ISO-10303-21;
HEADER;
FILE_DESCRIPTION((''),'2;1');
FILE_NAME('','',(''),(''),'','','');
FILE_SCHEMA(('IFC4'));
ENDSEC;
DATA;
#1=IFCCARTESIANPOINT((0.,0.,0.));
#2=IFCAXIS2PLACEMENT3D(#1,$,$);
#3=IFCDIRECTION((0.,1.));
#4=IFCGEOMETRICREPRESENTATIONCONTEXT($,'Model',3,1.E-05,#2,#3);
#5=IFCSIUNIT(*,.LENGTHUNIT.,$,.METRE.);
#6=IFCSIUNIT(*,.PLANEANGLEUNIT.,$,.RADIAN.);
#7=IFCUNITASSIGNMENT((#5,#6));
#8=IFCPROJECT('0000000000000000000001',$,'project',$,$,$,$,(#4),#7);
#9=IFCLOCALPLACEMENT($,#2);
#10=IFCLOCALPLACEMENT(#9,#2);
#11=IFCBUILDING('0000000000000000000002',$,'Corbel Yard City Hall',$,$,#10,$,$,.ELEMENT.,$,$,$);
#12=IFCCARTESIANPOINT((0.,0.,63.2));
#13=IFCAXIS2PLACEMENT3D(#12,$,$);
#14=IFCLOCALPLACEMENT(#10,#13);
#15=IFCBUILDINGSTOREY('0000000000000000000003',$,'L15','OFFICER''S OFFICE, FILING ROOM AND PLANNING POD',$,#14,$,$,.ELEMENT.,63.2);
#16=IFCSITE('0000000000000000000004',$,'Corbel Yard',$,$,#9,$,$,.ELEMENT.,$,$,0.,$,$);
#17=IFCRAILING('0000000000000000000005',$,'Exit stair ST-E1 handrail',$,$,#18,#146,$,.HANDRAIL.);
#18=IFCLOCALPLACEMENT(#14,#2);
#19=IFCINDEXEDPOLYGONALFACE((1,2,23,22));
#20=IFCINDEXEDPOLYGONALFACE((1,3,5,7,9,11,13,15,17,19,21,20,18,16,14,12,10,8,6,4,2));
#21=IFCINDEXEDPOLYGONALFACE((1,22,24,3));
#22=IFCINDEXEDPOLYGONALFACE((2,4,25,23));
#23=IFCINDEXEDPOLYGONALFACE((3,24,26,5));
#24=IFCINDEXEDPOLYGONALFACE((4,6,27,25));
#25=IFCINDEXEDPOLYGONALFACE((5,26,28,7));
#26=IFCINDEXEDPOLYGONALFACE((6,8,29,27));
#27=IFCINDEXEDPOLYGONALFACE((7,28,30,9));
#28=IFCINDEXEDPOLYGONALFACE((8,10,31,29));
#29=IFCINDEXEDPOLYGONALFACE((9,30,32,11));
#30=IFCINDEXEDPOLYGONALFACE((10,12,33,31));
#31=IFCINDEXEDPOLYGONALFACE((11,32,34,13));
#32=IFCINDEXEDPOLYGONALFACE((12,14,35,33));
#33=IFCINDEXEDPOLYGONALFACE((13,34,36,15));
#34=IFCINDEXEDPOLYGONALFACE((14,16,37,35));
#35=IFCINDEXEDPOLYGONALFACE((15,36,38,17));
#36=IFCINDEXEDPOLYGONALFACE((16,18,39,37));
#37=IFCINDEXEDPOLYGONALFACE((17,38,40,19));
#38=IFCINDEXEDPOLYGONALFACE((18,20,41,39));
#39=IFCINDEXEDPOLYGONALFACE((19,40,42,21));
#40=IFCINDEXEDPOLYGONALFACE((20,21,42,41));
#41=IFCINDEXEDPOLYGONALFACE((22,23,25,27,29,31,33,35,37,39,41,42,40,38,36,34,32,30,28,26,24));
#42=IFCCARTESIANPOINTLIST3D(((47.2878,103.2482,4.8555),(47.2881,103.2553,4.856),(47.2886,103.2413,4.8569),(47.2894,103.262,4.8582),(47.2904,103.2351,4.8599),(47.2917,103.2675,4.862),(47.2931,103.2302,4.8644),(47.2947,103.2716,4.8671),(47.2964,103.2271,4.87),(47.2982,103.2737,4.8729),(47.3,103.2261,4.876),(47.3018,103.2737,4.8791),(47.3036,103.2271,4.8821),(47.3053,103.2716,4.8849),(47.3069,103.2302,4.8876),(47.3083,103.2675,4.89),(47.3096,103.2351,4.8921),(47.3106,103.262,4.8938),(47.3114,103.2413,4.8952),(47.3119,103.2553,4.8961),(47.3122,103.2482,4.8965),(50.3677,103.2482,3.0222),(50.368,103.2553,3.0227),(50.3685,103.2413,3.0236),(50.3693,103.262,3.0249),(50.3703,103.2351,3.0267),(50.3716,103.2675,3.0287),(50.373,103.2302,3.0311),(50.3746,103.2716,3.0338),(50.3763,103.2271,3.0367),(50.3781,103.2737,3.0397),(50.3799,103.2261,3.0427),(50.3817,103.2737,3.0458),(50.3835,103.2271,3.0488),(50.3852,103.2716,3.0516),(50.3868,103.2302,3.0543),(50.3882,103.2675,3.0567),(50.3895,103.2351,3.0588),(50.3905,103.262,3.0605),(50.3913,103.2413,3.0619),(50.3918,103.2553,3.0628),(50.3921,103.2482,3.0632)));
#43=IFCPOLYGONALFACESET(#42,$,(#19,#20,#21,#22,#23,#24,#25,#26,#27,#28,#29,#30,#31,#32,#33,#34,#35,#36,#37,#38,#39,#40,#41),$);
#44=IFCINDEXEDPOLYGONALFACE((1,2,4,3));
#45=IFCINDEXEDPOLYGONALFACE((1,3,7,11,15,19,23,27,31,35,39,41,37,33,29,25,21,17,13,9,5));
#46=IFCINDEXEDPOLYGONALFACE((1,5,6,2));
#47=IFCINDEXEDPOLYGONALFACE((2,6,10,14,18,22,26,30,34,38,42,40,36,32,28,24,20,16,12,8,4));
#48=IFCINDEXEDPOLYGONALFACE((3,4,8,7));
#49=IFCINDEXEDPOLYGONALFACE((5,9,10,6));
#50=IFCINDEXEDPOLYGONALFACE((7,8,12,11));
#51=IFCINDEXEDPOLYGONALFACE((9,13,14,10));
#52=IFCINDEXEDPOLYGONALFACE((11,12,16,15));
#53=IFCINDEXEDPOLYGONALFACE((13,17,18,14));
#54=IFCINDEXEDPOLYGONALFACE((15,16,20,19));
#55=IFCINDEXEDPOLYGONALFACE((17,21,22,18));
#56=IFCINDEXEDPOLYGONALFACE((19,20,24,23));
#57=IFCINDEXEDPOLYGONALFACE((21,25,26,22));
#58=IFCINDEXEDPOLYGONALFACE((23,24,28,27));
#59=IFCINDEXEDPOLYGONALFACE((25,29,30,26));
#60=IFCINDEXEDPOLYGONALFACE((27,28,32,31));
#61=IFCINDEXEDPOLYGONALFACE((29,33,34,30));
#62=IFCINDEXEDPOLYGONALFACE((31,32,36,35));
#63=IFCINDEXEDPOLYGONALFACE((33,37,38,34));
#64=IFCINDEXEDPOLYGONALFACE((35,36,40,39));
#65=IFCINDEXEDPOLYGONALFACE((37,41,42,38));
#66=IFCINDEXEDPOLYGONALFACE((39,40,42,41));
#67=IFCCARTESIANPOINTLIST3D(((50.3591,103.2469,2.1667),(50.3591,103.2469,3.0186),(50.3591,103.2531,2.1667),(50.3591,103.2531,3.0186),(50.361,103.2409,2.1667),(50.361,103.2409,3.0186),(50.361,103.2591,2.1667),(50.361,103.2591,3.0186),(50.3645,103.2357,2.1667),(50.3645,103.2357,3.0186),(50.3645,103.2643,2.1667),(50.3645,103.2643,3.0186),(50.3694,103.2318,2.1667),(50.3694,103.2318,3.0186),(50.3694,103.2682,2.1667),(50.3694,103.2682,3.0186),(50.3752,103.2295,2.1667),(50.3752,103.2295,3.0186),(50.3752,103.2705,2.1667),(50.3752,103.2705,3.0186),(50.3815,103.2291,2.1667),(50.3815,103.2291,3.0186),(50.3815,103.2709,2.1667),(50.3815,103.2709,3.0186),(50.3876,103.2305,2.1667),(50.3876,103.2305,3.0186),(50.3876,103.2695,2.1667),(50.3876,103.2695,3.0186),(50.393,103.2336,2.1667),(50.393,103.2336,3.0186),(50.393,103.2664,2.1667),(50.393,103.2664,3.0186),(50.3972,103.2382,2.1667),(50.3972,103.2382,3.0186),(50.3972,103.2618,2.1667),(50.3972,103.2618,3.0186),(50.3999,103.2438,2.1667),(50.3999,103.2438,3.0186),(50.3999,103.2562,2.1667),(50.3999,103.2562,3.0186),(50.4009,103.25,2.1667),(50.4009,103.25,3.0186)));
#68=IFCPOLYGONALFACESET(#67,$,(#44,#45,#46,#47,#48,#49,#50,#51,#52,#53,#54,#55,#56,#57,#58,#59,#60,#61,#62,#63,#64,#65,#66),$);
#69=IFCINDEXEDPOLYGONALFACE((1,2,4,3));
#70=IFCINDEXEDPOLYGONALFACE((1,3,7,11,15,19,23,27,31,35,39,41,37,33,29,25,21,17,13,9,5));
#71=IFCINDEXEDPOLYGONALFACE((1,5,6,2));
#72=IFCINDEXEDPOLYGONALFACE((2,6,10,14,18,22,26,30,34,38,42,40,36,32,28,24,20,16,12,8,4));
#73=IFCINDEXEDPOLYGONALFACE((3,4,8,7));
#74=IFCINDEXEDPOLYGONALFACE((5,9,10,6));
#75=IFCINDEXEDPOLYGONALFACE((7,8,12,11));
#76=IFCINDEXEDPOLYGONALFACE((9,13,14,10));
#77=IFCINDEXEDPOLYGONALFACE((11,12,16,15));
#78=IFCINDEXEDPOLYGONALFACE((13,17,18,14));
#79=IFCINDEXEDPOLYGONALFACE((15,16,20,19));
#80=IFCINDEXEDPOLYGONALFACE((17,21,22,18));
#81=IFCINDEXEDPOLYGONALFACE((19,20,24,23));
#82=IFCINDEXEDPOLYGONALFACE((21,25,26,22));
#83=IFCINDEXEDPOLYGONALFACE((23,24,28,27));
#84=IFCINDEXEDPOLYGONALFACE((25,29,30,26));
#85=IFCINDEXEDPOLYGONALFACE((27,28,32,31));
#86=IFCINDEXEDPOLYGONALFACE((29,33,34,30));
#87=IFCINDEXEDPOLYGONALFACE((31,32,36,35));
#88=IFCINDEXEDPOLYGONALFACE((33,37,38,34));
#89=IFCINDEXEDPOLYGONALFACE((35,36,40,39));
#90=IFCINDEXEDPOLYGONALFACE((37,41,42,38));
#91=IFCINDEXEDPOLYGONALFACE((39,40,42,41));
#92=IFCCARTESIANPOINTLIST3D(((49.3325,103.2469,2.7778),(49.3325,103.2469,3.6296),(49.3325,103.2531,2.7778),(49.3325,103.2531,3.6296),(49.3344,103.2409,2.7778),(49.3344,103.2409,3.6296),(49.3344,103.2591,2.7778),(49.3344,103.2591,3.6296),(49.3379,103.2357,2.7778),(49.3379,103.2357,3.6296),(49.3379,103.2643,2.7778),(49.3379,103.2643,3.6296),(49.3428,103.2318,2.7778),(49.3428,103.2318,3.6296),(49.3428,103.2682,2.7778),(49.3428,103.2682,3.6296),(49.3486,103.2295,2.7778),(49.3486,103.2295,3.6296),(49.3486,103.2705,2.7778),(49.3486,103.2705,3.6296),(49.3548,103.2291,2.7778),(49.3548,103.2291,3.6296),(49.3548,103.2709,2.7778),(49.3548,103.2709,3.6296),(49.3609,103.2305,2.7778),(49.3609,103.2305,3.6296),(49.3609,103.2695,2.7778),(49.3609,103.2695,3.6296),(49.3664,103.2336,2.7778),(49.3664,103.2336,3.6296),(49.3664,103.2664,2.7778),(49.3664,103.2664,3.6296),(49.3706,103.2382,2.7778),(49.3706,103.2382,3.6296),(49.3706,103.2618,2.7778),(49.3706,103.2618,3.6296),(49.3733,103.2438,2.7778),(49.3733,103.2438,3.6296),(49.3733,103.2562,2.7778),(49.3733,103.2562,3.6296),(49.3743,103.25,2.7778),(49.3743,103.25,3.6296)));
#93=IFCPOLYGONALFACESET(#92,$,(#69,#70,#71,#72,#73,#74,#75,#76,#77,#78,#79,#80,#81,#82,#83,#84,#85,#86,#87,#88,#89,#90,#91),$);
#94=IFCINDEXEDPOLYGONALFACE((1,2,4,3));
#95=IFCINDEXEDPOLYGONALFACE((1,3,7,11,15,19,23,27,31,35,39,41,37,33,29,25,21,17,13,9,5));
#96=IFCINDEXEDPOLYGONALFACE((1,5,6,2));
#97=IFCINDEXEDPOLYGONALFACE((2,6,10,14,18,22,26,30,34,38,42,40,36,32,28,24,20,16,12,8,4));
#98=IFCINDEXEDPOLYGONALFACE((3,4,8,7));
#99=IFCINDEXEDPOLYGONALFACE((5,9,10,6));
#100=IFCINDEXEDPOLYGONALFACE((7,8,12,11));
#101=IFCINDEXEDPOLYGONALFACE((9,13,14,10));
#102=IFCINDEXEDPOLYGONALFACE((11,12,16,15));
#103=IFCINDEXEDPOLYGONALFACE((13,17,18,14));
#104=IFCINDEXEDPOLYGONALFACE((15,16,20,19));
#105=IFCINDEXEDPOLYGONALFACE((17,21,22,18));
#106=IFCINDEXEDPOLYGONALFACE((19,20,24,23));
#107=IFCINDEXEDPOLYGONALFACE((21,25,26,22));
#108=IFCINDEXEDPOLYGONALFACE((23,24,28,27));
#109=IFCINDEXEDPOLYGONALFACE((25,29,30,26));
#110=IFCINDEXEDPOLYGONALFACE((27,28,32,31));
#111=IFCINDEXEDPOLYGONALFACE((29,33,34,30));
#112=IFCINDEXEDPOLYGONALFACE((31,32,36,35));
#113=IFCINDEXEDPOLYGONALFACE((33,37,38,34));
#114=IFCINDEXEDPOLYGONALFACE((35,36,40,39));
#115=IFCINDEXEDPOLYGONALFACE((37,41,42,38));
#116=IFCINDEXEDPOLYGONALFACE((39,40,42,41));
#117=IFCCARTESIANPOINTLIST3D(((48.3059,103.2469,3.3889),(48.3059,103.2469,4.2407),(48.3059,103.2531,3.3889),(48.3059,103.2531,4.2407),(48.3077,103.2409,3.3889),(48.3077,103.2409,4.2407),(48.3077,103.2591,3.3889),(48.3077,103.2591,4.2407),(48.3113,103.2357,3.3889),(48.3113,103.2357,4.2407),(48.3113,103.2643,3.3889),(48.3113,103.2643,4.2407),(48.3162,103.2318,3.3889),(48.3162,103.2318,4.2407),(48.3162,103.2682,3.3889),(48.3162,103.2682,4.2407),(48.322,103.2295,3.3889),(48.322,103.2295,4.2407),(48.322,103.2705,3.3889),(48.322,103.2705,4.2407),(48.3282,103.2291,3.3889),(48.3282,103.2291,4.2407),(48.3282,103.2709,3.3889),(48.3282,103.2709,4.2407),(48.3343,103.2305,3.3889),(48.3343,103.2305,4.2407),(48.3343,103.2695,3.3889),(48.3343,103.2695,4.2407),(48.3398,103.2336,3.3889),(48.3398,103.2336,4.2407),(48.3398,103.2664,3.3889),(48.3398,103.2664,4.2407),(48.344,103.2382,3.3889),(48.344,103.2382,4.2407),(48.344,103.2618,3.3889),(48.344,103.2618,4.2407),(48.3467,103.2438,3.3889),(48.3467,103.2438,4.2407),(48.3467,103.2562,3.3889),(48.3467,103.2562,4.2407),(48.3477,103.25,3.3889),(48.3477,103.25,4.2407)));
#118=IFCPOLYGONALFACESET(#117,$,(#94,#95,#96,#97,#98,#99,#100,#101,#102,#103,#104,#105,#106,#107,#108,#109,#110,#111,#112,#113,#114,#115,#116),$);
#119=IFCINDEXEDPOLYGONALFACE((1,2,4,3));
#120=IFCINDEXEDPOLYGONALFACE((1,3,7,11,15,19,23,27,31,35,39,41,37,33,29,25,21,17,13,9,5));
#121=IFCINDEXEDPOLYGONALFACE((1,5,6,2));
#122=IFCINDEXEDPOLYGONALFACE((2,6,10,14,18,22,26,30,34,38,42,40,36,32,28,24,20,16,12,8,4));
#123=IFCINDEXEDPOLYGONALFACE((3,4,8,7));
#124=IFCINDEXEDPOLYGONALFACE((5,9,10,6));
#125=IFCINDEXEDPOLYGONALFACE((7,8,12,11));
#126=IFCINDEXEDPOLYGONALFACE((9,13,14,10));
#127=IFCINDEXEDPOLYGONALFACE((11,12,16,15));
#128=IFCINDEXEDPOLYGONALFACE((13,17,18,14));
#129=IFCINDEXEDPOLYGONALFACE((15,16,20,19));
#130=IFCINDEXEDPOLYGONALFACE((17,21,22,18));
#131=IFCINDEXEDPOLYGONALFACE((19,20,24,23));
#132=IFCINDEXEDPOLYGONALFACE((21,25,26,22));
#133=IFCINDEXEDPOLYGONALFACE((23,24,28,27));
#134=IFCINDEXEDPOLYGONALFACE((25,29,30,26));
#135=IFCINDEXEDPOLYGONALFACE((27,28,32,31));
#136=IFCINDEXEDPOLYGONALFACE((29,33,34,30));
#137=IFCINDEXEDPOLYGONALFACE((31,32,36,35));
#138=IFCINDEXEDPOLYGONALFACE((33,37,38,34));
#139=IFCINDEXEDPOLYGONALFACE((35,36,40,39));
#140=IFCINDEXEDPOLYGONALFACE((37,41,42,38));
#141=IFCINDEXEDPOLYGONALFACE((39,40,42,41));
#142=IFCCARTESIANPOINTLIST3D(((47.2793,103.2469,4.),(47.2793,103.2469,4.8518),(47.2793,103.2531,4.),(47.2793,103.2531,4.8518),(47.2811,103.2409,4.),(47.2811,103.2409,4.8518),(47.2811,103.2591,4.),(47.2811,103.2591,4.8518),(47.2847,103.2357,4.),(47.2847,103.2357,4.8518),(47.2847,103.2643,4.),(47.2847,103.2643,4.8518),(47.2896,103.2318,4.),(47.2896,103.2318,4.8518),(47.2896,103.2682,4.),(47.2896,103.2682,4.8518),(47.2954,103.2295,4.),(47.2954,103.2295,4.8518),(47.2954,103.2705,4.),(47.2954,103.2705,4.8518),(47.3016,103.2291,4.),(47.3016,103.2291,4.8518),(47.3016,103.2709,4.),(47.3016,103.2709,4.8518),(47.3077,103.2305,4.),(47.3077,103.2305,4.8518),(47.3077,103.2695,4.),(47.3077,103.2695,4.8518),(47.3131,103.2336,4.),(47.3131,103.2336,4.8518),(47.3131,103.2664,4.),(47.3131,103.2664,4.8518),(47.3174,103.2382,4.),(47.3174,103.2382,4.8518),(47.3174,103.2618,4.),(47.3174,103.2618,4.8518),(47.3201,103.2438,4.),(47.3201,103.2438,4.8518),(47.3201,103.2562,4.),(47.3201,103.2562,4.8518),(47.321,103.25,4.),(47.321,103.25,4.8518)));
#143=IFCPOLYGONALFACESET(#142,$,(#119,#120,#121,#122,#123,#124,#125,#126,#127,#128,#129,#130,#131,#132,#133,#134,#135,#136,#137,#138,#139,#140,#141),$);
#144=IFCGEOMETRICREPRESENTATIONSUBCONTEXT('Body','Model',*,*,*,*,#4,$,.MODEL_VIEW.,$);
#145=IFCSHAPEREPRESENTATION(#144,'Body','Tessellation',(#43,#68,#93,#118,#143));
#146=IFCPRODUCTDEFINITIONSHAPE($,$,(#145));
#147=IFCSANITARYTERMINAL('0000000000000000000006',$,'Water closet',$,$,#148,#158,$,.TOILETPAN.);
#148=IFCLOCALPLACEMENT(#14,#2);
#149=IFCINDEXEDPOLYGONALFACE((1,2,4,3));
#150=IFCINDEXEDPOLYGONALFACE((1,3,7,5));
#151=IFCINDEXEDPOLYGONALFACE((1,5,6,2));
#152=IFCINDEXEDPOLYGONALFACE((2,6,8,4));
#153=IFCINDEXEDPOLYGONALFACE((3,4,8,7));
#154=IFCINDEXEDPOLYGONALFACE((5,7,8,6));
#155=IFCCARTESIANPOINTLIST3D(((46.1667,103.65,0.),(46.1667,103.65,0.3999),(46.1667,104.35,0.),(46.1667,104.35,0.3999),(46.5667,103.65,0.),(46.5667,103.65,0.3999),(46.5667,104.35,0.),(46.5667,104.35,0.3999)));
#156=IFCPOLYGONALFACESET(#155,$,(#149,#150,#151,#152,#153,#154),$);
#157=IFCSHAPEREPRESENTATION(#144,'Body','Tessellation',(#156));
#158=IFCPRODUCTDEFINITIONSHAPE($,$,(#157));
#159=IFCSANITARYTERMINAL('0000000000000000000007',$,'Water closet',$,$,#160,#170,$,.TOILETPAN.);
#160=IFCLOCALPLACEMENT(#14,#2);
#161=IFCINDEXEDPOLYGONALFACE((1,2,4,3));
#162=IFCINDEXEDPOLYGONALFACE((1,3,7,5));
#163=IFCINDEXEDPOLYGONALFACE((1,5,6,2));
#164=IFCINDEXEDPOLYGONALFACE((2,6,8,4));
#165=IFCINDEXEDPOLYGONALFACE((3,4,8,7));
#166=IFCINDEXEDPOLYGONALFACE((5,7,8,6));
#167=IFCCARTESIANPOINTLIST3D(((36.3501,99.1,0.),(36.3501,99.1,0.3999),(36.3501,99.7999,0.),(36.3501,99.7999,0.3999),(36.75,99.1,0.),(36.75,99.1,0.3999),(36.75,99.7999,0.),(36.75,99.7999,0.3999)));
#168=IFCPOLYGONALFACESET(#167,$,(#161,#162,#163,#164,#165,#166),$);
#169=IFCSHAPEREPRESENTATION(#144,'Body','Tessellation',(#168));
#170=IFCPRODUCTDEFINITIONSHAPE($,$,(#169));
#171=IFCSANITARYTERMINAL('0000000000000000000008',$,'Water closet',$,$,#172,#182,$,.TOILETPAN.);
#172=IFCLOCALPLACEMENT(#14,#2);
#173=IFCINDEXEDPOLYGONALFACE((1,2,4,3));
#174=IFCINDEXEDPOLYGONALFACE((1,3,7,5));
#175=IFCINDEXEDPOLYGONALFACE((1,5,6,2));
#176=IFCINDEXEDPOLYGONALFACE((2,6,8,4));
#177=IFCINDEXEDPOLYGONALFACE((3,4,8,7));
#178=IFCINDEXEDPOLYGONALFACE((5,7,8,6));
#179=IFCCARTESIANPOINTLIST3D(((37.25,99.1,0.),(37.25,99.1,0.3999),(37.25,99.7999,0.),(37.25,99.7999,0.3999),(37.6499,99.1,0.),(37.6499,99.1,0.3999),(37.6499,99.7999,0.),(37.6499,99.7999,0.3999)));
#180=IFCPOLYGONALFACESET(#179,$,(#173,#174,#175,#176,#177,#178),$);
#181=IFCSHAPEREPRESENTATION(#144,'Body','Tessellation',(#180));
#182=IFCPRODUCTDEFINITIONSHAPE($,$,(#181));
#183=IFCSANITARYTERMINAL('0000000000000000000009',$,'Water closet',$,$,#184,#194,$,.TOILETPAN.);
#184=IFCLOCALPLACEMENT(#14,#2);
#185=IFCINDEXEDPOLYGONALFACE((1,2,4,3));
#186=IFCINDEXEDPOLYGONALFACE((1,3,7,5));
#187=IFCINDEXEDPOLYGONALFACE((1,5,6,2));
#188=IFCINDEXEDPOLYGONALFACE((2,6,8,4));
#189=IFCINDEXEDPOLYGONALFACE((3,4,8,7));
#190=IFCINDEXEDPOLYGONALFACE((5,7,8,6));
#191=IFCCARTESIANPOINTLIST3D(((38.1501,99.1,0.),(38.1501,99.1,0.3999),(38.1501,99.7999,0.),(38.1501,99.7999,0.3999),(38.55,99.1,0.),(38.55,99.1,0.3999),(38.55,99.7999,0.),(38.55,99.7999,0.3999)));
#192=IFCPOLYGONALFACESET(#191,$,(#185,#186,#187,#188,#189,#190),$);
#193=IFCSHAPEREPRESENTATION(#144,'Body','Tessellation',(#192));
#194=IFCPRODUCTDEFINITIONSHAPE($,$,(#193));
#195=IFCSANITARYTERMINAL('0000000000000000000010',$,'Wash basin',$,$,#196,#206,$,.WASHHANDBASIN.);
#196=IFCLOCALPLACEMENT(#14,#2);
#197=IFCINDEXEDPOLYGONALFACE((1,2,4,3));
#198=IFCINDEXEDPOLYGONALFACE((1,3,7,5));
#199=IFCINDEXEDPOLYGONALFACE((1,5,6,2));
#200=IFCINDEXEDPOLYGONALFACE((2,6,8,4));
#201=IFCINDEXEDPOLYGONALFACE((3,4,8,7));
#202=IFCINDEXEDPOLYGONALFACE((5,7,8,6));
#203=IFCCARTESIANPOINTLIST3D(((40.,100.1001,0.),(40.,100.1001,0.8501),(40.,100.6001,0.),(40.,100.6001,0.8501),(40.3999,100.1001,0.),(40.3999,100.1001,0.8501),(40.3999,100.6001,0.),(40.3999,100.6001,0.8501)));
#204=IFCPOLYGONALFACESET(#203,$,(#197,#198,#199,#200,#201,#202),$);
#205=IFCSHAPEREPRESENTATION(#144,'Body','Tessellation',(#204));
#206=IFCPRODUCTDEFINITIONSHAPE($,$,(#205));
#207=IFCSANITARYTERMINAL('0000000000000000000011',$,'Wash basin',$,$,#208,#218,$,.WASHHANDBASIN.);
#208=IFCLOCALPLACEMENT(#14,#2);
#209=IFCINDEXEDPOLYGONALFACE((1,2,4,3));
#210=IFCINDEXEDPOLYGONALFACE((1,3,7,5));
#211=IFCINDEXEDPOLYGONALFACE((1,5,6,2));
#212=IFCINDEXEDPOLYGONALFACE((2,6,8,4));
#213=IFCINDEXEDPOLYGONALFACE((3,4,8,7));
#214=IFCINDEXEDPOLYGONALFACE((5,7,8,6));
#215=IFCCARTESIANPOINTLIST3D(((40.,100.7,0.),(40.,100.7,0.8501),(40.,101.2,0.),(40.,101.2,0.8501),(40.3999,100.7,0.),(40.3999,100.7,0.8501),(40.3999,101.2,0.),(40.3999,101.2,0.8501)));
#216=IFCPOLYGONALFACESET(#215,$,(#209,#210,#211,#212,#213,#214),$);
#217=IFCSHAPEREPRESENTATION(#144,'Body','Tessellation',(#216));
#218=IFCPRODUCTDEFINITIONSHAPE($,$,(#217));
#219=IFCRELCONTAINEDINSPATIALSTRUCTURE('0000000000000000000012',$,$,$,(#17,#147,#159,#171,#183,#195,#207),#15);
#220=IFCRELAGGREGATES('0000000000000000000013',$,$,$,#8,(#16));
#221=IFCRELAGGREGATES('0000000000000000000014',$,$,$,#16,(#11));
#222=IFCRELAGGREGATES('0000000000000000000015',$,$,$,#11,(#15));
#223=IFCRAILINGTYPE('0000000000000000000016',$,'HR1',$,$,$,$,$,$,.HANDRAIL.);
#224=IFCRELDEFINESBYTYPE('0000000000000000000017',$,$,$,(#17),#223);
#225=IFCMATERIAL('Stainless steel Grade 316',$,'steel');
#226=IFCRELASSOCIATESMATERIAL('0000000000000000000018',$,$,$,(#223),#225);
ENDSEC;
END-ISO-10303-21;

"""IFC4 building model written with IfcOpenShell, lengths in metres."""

from ifc_helpers import new_model, si_unit, direction, frame, origin, origin_2d, place, context, subcontext, project, spatial, rectangle, circle, extrude, material, type_object, element, save


model = new_model("IFC4")

# Units and contexts
model_context = context("Model", 3, precision=1e-05, world=origin(), true_north=direction((0.0, 1.0)))
body_context = subcontext(model_context, "Body", "Model", "MODEL_VIEW")
ifc_project = project(units=[si_unit("LENGTHUNIT", "METRE"), si_unit("PLANEANGLEUNIT", "RADIAN")], contexts=[model_context])

# Site, building, storey
site_placement = place(None, origin())
site = spatial("IfcSite", under=ifc_project, at=site_placement, Name="Corbel Yard", CompositionType="ELEMENT", RefElevation=0.0)
building_placement = place(site_placement, origin())
building = spatial("IfcBuilding", under=site, at=building_placement, Name="Corbel Yard City Hall", CompositionType="ELEMENT")
storey_placement = place(building_placement, frame((0.0, 0.0, 63.2)))
storey = spatial("IfcBuildingStorey", under=building, at=storey_placement, Name="L15", Description="OFFICER'S OFFICE, FILING ROOM AND PLANNING POD", CompositionType="ELEMENT", Elevation=63.2)

# Railing
ifc_material_1 = material(Name="Stainless steel Grade 316", Category="steel")
railing_type = type_object("IfcRailingType", Name="HR1", PredefinedType="HANDRAIL", material=ifc_material_1)
for number, where, name in (
    (1, (50.3799, 103.25, 2.1667), "Exit stair ST-E1 handrail"),
):
    element("IfcRailing", number, at=place(storey_placement, frame(where)), inside=storey, type_object=railing_type, Name=name, PredefinedType="HANDRAIL", context=body_context, shape_type="SweptSolid", body=[
        extrude(circle(Radius=0.0239, at=origin_2d()), frame((0.0, 0.0, 0.876), z_axis=(-0.859291, 0.0, 0.511487), x_axis=(0.0, -1.0, 0.0)), (0.0, 0.0, 1.0), 3.5842),
        extrude(circle(Radius=0.021, at=origin_2d()), origin(), (0.0, 0.0, 1.0), 0.8518),
        extrude(circle(Radius=0.021, at=origin_2d()), frame((-1.0266, 0.0, 0.6111)), (0.0, 0.0, 1.0), 0.8518),
        extrude(circle(Radius=0.021, at=origin_2d()), frame((-2.0532, 0.0, 1.2222)), (0.0, 0.0, 1.0), 0.8518),
        extrude(circle(Radius=0.021, at=origin_2d()), frame((-3.0798, 0.0, 1.8333)), (0.0, 0.0, 1.0), 0.8518),
    ])

# Sanitary terminals
for number, where, z_axis, x_axis, name in (
    (2, (46.3667, 104.0, 0.0), (0.0, 0.0, 1.0), (1.0, 0.0, 0.0), "Water closet"),
    (3, (36.55, 99.45, 0.0), (0.0, 0.0, 1.0), (1.0, 0.0, 0.0), "Water closet"),
    (4, (37.45, 99.45, 0.0), (0.0, 0.0, 1.0), (1.0, 0.0, 0.0), "Water closet"),
    (5, (38.3501, 99.45, 0.0), (0.0, 0.0, 1.0), (1.0, 0.0, 0.0), "Water closet"),
):
    element("IfcSanitaryTerminal", number, at=place(storey_placement, frame(where, z_axis=z_axis, x_axis=x_axis)), inside=storey, Name=name, PredefinedType="TOILETPAN", context=body_context, shape_type="SweptSolid", body=[
        extrude(rectangle(XDim=0.3999, YDim=0.7, at=origin_2d()), origin(), (0.0, 0.0, 1.0), 0.3999),
    ])
for number, where, z_axis, x_axis, name in (
    (6, (40.2, 100.3501, 0.0), (0.0, 0.0, 1.0), (1.0, 0.0, 0.0), "Wash basin"),
    (7, (40.2, 100.95, 0.0), (0.0, 0.0, 1.0), (1.0, 0.0, 0.0), "Wash basin"),
):
    element("IfcSanitaryTerminal", number, at=place(storey_placement, frame(where, z_axis=z_axis, x_axis=x_axis)), inside=storey, Name=name, PredefinedType="WASHHANDBASIN", context=body_context, shape_type="SweptSolid", body=[
        extrude(rectangle(XDim=0.3999, YDim=0.5, at=origin_2d()), origin(), (0.0, 0.0, 1.0), 0.8501),
    ])

save(model, "model.ifc")
